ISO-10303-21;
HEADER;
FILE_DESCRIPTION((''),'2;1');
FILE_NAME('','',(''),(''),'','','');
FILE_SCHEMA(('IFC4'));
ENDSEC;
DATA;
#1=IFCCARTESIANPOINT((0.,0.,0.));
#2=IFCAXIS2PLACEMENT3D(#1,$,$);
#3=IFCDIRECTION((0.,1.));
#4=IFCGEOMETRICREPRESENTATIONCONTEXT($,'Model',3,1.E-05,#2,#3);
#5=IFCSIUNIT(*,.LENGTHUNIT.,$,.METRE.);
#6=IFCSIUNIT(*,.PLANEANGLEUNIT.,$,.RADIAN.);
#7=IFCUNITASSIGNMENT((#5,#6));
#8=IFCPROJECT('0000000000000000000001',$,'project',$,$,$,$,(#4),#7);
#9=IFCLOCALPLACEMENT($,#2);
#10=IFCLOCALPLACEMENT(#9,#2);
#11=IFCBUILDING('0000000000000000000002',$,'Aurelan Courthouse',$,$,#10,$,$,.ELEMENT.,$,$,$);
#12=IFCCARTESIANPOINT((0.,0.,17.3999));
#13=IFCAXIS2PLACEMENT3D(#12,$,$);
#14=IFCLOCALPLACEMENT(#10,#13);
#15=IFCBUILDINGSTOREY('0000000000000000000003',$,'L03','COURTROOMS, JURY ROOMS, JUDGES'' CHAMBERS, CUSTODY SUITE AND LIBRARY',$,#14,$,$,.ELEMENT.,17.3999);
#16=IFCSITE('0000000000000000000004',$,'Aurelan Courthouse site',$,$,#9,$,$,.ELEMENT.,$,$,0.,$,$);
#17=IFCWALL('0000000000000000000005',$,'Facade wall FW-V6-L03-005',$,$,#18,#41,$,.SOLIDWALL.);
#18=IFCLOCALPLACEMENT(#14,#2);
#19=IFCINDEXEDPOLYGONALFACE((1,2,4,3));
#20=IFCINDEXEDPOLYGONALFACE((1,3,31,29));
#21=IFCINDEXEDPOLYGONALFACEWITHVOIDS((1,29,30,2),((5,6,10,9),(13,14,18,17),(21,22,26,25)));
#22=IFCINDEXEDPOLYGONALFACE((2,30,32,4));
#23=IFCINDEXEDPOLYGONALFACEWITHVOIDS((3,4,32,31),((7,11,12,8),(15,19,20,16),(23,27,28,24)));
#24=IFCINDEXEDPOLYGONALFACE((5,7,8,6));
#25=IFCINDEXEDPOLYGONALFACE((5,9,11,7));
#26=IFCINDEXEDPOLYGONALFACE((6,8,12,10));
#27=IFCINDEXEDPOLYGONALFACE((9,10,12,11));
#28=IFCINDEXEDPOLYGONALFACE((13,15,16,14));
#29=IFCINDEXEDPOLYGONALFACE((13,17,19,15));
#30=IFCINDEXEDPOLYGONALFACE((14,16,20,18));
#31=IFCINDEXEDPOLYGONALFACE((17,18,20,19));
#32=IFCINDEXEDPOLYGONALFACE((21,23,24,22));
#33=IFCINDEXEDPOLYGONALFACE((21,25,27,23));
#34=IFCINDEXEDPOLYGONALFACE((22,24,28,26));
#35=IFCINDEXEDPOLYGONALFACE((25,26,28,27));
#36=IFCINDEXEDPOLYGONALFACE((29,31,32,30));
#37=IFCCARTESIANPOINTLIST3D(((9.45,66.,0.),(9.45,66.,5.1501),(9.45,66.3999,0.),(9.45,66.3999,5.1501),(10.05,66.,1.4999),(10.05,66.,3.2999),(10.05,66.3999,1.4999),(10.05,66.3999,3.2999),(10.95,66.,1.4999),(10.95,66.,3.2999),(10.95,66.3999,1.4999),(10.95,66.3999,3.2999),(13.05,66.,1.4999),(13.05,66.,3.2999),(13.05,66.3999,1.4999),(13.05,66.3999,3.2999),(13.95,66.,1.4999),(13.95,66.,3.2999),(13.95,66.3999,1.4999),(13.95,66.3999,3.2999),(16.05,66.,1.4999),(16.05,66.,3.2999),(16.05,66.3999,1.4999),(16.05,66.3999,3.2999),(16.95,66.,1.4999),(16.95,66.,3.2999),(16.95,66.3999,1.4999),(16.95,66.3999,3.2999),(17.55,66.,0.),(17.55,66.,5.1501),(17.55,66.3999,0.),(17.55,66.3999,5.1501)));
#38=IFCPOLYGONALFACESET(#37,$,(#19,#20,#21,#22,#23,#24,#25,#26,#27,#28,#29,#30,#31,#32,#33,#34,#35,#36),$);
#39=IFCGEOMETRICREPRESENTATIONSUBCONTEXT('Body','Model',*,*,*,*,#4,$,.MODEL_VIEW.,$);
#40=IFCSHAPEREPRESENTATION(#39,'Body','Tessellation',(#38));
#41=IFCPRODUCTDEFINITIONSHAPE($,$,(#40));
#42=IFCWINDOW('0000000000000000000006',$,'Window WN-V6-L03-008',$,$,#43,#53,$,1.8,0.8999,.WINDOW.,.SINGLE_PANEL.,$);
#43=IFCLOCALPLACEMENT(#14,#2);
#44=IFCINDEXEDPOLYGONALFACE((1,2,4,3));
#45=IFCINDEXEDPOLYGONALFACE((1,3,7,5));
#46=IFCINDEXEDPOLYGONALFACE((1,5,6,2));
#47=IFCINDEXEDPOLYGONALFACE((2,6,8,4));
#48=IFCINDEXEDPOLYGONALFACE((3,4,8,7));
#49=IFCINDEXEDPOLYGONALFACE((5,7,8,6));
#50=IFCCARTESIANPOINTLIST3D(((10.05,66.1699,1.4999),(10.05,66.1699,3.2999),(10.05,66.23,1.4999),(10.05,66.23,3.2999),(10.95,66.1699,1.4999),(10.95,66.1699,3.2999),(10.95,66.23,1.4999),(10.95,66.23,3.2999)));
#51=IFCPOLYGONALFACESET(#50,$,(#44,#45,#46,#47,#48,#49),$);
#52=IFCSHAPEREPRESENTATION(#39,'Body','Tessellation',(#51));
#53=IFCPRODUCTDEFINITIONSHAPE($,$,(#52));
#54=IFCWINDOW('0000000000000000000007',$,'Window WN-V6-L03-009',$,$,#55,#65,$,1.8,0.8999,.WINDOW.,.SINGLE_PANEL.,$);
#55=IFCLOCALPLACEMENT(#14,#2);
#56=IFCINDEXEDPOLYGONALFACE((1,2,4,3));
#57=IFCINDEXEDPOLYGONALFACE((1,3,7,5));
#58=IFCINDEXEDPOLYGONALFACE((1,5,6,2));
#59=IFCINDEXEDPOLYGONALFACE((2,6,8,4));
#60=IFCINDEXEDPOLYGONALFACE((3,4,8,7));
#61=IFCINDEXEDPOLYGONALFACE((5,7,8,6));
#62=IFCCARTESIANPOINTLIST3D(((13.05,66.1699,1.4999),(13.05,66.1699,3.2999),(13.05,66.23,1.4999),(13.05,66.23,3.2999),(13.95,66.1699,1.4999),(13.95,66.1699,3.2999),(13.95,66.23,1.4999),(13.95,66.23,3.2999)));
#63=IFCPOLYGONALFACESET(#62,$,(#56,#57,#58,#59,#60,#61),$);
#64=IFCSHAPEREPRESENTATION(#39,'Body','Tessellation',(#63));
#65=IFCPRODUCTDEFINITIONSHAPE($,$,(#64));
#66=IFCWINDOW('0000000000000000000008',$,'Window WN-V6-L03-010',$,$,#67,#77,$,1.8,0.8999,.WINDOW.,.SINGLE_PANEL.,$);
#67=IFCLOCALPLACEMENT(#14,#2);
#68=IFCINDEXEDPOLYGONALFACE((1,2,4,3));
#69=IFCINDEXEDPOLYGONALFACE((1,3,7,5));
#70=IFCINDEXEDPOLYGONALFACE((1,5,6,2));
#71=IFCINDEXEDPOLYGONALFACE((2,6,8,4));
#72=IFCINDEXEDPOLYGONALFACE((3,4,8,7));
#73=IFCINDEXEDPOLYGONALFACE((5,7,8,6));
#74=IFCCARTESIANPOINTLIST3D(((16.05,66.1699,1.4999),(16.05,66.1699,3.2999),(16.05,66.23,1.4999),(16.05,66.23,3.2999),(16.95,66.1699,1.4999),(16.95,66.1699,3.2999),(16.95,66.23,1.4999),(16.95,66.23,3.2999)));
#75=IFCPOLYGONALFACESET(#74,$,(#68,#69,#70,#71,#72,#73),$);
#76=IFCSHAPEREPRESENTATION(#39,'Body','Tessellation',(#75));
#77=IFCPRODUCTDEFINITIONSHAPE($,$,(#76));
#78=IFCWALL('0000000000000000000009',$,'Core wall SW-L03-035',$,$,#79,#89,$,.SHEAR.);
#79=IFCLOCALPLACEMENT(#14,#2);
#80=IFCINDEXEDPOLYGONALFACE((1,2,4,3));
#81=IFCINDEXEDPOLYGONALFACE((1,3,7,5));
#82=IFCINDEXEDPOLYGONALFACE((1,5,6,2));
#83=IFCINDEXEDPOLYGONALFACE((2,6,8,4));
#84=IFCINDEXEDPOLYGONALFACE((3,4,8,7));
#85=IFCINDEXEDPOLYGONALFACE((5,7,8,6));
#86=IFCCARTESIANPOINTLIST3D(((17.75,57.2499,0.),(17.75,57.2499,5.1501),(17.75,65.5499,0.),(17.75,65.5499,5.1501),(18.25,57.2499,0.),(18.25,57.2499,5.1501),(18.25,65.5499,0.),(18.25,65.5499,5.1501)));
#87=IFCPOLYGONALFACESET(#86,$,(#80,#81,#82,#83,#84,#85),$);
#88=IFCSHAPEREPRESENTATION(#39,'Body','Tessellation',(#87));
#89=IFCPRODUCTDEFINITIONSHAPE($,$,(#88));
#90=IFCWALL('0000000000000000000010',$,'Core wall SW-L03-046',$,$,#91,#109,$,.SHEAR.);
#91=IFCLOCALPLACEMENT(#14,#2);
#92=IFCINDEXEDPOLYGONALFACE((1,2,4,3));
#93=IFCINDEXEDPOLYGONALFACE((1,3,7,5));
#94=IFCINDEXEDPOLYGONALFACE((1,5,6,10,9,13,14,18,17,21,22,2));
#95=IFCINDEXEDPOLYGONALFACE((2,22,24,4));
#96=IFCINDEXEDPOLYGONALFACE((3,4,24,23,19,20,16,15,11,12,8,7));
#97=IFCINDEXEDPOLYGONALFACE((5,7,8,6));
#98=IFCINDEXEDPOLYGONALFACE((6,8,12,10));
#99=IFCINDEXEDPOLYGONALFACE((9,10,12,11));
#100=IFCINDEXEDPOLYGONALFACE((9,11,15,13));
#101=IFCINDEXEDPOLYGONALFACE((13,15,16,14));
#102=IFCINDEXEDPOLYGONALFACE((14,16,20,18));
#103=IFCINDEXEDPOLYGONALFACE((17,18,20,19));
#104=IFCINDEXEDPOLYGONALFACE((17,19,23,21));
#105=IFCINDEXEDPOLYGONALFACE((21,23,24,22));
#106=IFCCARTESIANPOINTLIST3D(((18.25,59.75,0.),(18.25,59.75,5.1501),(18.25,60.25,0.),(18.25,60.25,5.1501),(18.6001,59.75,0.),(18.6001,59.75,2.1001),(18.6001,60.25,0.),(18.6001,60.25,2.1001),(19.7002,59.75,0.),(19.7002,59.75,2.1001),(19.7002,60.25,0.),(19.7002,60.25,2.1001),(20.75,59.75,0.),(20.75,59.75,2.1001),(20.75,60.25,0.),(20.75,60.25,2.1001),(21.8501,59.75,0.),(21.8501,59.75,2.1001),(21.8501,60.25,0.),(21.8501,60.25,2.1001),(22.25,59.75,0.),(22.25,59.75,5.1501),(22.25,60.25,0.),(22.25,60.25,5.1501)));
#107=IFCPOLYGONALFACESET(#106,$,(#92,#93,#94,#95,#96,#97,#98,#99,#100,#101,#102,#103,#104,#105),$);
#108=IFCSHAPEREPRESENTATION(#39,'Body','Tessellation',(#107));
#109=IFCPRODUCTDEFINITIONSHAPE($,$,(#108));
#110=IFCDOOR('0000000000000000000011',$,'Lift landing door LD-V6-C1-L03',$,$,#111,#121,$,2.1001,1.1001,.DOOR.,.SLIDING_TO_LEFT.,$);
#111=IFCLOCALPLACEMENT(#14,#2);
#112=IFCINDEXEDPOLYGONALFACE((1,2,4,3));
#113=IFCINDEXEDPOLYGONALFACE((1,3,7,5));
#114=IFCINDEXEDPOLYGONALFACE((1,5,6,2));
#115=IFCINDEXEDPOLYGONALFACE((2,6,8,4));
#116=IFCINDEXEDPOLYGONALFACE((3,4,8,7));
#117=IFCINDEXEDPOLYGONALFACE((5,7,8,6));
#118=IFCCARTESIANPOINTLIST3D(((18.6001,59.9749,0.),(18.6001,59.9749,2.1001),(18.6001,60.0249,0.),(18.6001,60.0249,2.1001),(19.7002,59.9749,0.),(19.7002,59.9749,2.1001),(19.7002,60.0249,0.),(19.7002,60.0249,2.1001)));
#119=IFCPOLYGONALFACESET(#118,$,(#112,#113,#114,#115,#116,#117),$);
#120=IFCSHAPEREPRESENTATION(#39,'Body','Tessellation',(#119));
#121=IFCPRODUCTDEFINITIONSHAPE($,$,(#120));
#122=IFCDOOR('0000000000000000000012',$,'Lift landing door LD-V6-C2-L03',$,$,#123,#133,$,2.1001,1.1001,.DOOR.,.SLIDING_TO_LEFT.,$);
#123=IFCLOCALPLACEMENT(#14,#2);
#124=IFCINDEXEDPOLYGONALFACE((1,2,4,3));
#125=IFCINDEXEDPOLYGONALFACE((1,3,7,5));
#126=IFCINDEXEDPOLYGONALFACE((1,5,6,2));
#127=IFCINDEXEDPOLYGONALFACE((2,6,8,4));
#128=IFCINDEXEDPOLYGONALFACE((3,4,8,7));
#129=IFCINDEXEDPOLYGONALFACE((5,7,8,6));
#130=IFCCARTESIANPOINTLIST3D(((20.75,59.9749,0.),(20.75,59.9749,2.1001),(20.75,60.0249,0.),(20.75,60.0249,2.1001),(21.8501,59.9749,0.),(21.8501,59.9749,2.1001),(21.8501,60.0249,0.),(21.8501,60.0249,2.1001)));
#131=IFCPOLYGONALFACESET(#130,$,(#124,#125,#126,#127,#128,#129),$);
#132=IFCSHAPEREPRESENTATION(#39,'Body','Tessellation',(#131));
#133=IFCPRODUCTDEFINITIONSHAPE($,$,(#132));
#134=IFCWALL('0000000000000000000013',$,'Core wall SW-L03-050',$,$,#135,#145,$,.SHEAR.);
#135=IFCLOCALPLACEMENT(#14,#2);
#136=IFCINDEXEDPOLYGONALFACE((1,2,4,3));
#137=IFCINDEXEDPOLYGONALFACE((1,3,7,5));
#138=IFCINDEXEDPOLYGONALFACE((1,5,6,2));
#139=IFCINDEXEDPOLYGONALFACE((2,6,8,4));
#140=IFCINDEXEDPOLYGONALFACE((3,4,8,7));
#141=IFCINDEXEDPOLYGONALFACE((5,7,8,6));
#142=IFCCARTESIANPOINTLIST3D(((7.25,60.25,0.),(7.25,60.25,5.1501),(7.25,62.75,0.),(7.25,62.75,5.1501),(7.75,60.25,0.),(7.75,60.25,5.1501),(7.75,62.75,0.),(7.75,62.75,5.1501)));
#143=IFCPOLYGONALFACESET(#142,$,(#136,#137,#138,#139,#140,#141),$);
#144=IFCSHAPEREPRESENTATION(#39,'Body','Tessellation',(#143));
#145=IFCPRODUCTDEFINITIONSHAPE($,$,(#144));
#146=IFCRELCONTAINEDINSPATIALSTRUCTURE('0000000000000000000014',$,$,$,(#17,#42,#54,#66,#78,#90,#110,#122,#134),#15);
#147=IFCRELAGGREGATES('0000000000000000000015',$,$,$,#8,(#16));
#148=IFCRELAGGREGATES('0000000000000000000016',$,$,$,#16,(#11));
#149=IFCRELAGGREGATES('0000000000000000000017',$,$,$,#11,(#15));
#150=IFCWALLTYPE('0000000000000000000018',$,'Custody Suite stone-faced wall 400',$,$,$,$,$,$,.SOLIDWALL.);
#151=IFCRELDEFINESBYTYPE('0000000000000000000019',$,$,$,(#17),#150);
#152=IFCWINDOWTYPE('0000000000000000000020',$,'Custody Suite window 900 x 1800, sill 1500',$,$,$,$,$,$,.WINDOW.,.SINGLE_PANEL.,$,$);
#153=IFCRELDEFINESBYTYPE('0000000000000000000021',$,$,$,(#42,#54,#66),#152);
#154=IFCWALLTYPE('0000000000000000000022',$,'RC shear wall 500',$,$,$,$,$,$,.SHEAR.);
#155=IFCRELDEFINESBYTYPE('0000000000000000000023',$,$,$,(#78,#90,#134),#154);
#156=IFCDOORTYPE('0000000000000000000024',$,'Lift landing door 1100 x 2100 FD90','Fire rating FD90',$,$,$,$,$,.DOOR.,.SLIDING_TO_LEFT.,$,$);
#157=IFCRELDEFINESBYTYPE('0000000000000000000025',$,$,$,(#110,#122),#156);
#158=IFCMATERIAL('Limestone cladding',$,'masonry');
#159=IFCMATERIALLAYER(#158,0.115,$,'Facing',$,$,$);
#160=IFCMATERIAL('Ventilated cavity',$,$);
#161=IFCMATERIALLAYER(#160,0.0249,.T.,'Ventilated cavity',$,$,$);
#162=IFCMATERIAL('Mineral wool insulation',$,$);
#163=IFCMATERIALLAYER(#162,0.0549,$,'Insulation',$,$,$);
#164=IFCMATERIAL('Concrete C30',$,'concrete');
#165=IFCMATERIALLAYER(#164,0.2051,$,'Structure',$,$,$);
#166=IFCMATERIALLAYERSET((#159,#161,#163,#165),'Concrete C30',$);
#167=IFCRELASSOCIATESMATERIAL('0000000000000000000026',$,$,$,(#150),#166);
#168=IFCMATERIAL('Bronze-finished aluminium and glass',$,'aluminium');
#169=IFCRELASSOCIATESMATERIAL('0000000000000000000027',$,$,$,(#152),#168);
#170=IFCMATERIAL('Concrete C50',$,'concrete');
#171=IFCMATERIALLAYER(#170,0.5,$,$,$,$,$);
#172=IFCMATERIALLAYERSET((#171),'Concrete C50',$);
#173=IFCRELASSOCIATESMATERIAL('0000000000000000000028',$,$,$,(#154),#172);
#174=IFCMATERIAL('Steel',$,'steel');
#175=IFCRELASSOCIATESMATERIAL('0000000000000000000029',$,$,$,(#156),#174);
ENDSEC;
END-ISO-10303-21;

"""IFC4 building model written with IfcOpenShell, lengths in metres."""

from ifc_helpers import new_model, si_unit, direction, frame, frame_2d, origin, place, context, subcontext, project, spatial, rectangle, extrude, material, layer, layer_set, type_object, element, fill, save


model = new_model("IFC4")

# Units and contexts
model_context = context("Model", 3, precision=1e-05, world=origin(), true_north=direction((0.0, 1.0)))
body_context = subcontext(model_context, "Body", "Model", "MODEL_VIEW")
ifc_project = project(units=[si_unit("LENGTHUNIT", "METRE"), si_unit("PLANEANGLEUNIT", "RADIAN")], contexts=[model_context])

# Site, building, storey
site_placement = place(None, origin())
site = spatial("IfcSite", under=ifc_project, at=site_placement, Name="Aurelan Courthouse site", CompositionType="ELEMENT", RefElevation=0.0)
building_placement = place(site_placement, origin())
building = spatial("IfcBuilding", under=site, at=building_placement, Name="Aurelan Courthouse", CompositionType="ELEMENT")
storey_placement = place(building_placement, frame((0.0, 0.0, 17.3999)))
storey = spatial("IfcBuildingStorey", under=building, at=storey_placement, Name="L03", Description="COURTROOMS, JURY ROOMS, JUDGES' CHAMBERS, CUSTODY SUITE AND LIBRARY", CompositionType="ELEMENT", Elevation=17.3999)

# Shared definitions
ifc_material_1 = material(Name="Concrete C50", Category="concrete")

# Shared definitions
ifc_material_2 = material(Name="Limestone cladding", Category="masonry")

# Wall, openings, windows
ifc_layer_1 = layer(ifc_material_2, 0.115, Name="Facing")
ifc_material_3 = material(Name="Ventilated cavity")
ifc_layer_2 = layer(ifc_material_3, 0.0249, ventilated=True, Name="Ventilated cavity")
ifc_material_4 = material(Name="Mineral wool insulation")
ifc_layer_3 = layer(ifc_material_4, 0.0549, Name="Insulation")
ifc_material_5 = material(Name="Concrete C30", Category="concrete")
ifc_layer_4 = layer(ifc_material_5, 0.2051, Name="Structure")
ifc_layer_set_1 = layer_set([ifc_layer_1, ifc_layer_2, ifc_layer_3, ifc_layer_4], Name="Concrete C30")
wall_type_1 = type_object("IfcWallType", Name="Custody Suite stone-faced wall 400", PredefinedType="SOLIDWALL", material=ifc_layer_set_1)
wall_1_placement = place(storey_placement, frame((9.45, 66.2, 0.0), z_axis=(0.0, 0.0, 1.0), x_axis=(1.0, 0.0, 0.0)))
wall_1 = element("IfcWall", 1, at=wall_1_placement, inside=storey, type_object=wall_type_1, Name="Facade wall FW-V6-L03-005", PredefinedType="SOLIDWALL", context=body_context, shape_type="SweptSolid", body=[
    extrude(rectangle(XDim=8.1001, YDim=0.3999, at=frame_2d((4.05, 0.0))), origin(), (0.0, 0.0, 1.0), 5.1501),
])
opening_1_placement = place(wall_1_placement, frame((0.6001, 0.0, 1.5)))
opening_1 = element("IfcOpeningElement", 2, at=opening_1_placement, cuts=wall_1, PredefinedType="OPENING", context=body_context, shape_type="SweptSolid", body=[
    extrude(rectangle(XDim=0.8999, YDim=1.8, at=frame_2d((0.45, 0.8999))), frame((0.0, 0.21, 0.0), z_axis=(0.0, -1.0, 0.0), x_axis=(1.0, 0.0, 0.0)), (0.0, 0.0, 1.0), 0.4199),
])
opening_2_placement = place(wall_1_placement, frame((3.6001, 0.0, 1.5)))
opening_2 = element("IfcOpeningElement", 3, at=opening_2_placement, cuts=wall_1, PredefinedType="OPENING", context=body_context, shape_type="SweptSolid", body=[
    extrude(rectangle(XDim=0.8999, YDim=1.8, at=frame_2d((0.45, 0.8999))), frame((0.0, 0.21, 0.0), z_axis=(0.0, -1.0, 0.0), x_axis=(1.0, 0.0, 0.0)), (0.0, 0.0, 1.0), 0.4199),
])
opening_3_placement = place(wall_1_placement, frame((6.6001, 0.0, 1.5)))
opening_3 = element("IfcOpeningElement", 4, at=opening_3_placement, cuts=wall_1, PredefinedType="OPENING", context=body_context, shape_type="SweptSolid", body=[
    extrude(rectangle(XDim=0.8999, YDim=1.8, at=frame_2d((0.45, 0.8999))), frame((0.0, 0.21, 0.0), z_axis=(0.0, -1.0, 0.0), x_axis=(1.0, 0.0, 0.0)), (0.0, 0.0, 1.0), 0.4199),
])
ifc_material_6 = material(Name="Bronze-finished aluminium and glass", Category="aluminium")
window_type = type_object("IfcWindowType", Name="Custody Suite window 900 x 1800, sill 1500", PartitioningType="SINGLE_PANEL", PredefinedType="WINDOW", material=ifc_material_6)
window_1_placement = place(opening_1_placement, origin())
window_1 = element("IfcWindow", 5, at=window_1_placement, inside=storey, type_object=window_type, Name="Window WN-V6-L03-008", OverallHeight=1.8, OverallWidth=0.8999, PartitioningType="SINGLE_PANEL", PredefinedType="WINDOW", context=body_context, shape_type="SweptSolid", body=[
    extrude(rectangle(XDim=0.8999, YDim=1.8, at=frame_2d((0.45, 0.8999))), frame((0.0, 0.03, 0.0), z_axis=(0.0, -1.0, 0.0), x_axis=(1.0, 0.0, 0.0)), (0.0, 0.0, 1.0), 0.0601),
])
fill(opening_1, window_1)
window_2_placement = place(opening_2_placement, origin())
window_2 = element("IfcWindow", 6, at=window_2_placement, inside=storey, type_object=window_type, Name="Window WN-V6-L03-009", OverallHeight=1.8, OverallWidth=0.8999, PartitioningType="SINGLE_PANEL", PredefinedType="WINDOW", context=body_context, shape_type="SweptSolid", body=[
    extrude(rectangle(XDim=0.8999, YDim=1.8, at=frame_2d((0.45, 0.8999))), frame((0.0, 0.03, 0.0), z_axis=(0.0, -1.0, 0.0), x_axis=(1.0, 0.0, 0.0)), (0.0, 0.0, 1.0), 0.0601),
])
fill(opening_2, window_2)
window_3_placement = place(opening_3_placement, origin())
window_3 = element("IfcWindow", 7, at=window_3_placement, inside=storey, type_object=window_type, Name="Window WN-V6-L03-010", OverallHeight=1.8, OverallWidth=0.8999, PartitioningType="SINGLE_PANEL", PredefinedType="WINDOW", context=body_context, shape_type="SweptSolid", body=[
    extrude(rectangle(XDim=0.8999, YDim=1.8, at=frame_2d((0.45, 0.8999))), frame((0.0, 0.03, 0.0), z_axis=(0.0, -1.0, 0.0), x_axis=(1.0, 0.0, 0.0)), (0.0, 0.0, 1.0), 0.0601),
])
fill(opening_3, window_3)

# Wall
ifc_layer_5 = layer(ifc_material_1, 0.5)
ifc_layer_set_2 = layer_set([ifc_layer_5], Name="Concrete C50")
wall_type_2 = type_object("IfcWallType", Name="RC shear wall 500", PredefinedType="SHEAR", material=ifc_layer_set_2)
wall_2_placement = place(storey_placement, frame((18.0, 57.25, 0.0), z_axis=(0.0, 0.0, 1.0), x_axis=(0.0, 1.0, 0.0)))
element("IfcWall", 8, at=wall_2_placement, inside=storey, type_object=wall_type_2, Name="Core wall SW-L03-035", PredefinedType="SHEAR", context=body_context, shape_type="SweptSolid", body=[
    extrude(rectangle(XDim=8.3, YDim=0.5, at=frame_2d((4.1499, 0.0))), origin(), (0.0, 0.0, 1.0), 5.1501),
])

# Wall, openings, doors
wall_3_placement = place(storey_placement, frame((18.25, 60.0, 0.0), z_axis=(0.0, 0.0, 1.0), x_axis=(1.0, 0.0, 0.0)))
wall_3 = element("IfcWall", 9, at=wall_3_placement, inside=storey, type_object=wall_type_2, Name="Core wall SW-L03-046", PredefinedType="SHEAR", context=body_context, shape_type="SweptSolid", body=[
    extrude(rectangle(XDim=4.0, YDim=0.5, at=frame_2d((2.0, 0.0))), origin(), (0.0, 0.0, 1.0), 5.1501),
])
opening_4_placement = place(wall_3_placement, frame((0.3501, 0.0, 0.0)))
opening_4 = element("IfcOpeningElement", 10, at=opening_4_placement, cuts=wall_3, PredefinedType="OPENING", context=body_context, shape_type="SweptSolid", body=[
    extrude(rectangle(XDim=1.1001, YDim=2.1001, at=frame_2d((0.55, 1.05))), frame((0.0, 0.26, 0.0), z_axis=(0.0, -1.0, 0.0), x_axis=(1.0, 0.0, 0.0)), (0.0, 0.0, 1.0), 0.52),
])
opening_5_placement = place(wall_3_placement, frame((2.5, 0.0, 0.0)))
opening_5 = element("IfcOpeningElement", 11, at=opening_5_placement, cuts=wall_3, PredefinedType="OPENING", context=body_context, shape_type="SweptSolid", body=[
    extrude(rectangle(XDim=1.1001, YDim=2.1001, at=frame_2d((0.55, 1.05))), frame((0.0, 0.26, 0.0), z_axis=(0.0, -1.0, 0.0), x_axis=(1.0, 0.0, 0.0)), (0.0, 0.0, 1.0), 0.52),
])
ifc_material_7 = material(Name="Steel", Category="steel")
door_type_1 = type_object("IfcDoorType", Name="Lift landing door 1100 x 2100 FD90", Description="Fire rating FD90", OperationType="SLIDING_TO_LEFT", PredefinedType="DOOR", material=ifc_material_7)
door_1_placement = place(opening_4_placement, origin())
door_1 = element("IfcDoor", 12, at=door_1_placement, inside=storey, type_object=door_type_1, Name="Lift landing door LD-V6-C1-L03", OperationType="SLIDING_TO_LEFT", OverallHeight=2.1001, OverallWidth=1.1001, PredefinedType="DOOR", context=body_context, shape_type="SweptSolid", body=[
    extrude(rectangle(XDim=1.1001, YDim=2.1001, at=frame_2d((0.55, 1.05))), frame((0.0, 0.0249, 0.0), z_axis=(0.0, -1.0, 0.0), x_axis=(1.0, 0.0, 0.0)), (0.0, 0.0, 1.0), 0.05),
])
fill(opening_4, door_1)
door_2_placement = place(opening_5_placement, origin())
door_2 = element("IfcDoor", 13, at=door_2_placement, inside=storey, type_object=door_type_1, Name="Lift landing door LD-V6-C2-L03", OperationType="SLIDING_TO_LEFT", OverallHeight=2.1001, OverallWidth=1.1001, PredefinedType="DOOR", context=body_context, shape_type="SweptSolid", body=[
    extrude(rectangle(XDim=1.1001, YDim=2.1001, at=frame_2d((0.55, 1.05))), frame((0.0, 0.0249, 0.0), z_axis=(0.0, -1.0, 0.0), x_axis=(1.0, 0.0, 0.0)), (0.0, 0.0, 1.0), 0.05),
])
fill(opening_5, door_2)

# Wall
wall_4_placement = place(storey_placement, frame((7.5, 60.25, 0.0), z_axis=(0.0, 0.0, 1.0), x_axis=(0.0, 1.0, 0.0)))
element("IfcWall", 14, at=wall_4_placement, inside=storey, type_object=wall_type_2, Name="Core wall SW-L03-050", PredefinedType="SHEAR", context=body_context, shape_type="SweptSolid", body=[
    extrude(rectangle(XDim=2.5, YDim=0.5, at=frame_2d((1.25, 0.0))), origin(), (0.0, 0.0, 1.0), 5.1501),
])

save(model, "model.ifc")
